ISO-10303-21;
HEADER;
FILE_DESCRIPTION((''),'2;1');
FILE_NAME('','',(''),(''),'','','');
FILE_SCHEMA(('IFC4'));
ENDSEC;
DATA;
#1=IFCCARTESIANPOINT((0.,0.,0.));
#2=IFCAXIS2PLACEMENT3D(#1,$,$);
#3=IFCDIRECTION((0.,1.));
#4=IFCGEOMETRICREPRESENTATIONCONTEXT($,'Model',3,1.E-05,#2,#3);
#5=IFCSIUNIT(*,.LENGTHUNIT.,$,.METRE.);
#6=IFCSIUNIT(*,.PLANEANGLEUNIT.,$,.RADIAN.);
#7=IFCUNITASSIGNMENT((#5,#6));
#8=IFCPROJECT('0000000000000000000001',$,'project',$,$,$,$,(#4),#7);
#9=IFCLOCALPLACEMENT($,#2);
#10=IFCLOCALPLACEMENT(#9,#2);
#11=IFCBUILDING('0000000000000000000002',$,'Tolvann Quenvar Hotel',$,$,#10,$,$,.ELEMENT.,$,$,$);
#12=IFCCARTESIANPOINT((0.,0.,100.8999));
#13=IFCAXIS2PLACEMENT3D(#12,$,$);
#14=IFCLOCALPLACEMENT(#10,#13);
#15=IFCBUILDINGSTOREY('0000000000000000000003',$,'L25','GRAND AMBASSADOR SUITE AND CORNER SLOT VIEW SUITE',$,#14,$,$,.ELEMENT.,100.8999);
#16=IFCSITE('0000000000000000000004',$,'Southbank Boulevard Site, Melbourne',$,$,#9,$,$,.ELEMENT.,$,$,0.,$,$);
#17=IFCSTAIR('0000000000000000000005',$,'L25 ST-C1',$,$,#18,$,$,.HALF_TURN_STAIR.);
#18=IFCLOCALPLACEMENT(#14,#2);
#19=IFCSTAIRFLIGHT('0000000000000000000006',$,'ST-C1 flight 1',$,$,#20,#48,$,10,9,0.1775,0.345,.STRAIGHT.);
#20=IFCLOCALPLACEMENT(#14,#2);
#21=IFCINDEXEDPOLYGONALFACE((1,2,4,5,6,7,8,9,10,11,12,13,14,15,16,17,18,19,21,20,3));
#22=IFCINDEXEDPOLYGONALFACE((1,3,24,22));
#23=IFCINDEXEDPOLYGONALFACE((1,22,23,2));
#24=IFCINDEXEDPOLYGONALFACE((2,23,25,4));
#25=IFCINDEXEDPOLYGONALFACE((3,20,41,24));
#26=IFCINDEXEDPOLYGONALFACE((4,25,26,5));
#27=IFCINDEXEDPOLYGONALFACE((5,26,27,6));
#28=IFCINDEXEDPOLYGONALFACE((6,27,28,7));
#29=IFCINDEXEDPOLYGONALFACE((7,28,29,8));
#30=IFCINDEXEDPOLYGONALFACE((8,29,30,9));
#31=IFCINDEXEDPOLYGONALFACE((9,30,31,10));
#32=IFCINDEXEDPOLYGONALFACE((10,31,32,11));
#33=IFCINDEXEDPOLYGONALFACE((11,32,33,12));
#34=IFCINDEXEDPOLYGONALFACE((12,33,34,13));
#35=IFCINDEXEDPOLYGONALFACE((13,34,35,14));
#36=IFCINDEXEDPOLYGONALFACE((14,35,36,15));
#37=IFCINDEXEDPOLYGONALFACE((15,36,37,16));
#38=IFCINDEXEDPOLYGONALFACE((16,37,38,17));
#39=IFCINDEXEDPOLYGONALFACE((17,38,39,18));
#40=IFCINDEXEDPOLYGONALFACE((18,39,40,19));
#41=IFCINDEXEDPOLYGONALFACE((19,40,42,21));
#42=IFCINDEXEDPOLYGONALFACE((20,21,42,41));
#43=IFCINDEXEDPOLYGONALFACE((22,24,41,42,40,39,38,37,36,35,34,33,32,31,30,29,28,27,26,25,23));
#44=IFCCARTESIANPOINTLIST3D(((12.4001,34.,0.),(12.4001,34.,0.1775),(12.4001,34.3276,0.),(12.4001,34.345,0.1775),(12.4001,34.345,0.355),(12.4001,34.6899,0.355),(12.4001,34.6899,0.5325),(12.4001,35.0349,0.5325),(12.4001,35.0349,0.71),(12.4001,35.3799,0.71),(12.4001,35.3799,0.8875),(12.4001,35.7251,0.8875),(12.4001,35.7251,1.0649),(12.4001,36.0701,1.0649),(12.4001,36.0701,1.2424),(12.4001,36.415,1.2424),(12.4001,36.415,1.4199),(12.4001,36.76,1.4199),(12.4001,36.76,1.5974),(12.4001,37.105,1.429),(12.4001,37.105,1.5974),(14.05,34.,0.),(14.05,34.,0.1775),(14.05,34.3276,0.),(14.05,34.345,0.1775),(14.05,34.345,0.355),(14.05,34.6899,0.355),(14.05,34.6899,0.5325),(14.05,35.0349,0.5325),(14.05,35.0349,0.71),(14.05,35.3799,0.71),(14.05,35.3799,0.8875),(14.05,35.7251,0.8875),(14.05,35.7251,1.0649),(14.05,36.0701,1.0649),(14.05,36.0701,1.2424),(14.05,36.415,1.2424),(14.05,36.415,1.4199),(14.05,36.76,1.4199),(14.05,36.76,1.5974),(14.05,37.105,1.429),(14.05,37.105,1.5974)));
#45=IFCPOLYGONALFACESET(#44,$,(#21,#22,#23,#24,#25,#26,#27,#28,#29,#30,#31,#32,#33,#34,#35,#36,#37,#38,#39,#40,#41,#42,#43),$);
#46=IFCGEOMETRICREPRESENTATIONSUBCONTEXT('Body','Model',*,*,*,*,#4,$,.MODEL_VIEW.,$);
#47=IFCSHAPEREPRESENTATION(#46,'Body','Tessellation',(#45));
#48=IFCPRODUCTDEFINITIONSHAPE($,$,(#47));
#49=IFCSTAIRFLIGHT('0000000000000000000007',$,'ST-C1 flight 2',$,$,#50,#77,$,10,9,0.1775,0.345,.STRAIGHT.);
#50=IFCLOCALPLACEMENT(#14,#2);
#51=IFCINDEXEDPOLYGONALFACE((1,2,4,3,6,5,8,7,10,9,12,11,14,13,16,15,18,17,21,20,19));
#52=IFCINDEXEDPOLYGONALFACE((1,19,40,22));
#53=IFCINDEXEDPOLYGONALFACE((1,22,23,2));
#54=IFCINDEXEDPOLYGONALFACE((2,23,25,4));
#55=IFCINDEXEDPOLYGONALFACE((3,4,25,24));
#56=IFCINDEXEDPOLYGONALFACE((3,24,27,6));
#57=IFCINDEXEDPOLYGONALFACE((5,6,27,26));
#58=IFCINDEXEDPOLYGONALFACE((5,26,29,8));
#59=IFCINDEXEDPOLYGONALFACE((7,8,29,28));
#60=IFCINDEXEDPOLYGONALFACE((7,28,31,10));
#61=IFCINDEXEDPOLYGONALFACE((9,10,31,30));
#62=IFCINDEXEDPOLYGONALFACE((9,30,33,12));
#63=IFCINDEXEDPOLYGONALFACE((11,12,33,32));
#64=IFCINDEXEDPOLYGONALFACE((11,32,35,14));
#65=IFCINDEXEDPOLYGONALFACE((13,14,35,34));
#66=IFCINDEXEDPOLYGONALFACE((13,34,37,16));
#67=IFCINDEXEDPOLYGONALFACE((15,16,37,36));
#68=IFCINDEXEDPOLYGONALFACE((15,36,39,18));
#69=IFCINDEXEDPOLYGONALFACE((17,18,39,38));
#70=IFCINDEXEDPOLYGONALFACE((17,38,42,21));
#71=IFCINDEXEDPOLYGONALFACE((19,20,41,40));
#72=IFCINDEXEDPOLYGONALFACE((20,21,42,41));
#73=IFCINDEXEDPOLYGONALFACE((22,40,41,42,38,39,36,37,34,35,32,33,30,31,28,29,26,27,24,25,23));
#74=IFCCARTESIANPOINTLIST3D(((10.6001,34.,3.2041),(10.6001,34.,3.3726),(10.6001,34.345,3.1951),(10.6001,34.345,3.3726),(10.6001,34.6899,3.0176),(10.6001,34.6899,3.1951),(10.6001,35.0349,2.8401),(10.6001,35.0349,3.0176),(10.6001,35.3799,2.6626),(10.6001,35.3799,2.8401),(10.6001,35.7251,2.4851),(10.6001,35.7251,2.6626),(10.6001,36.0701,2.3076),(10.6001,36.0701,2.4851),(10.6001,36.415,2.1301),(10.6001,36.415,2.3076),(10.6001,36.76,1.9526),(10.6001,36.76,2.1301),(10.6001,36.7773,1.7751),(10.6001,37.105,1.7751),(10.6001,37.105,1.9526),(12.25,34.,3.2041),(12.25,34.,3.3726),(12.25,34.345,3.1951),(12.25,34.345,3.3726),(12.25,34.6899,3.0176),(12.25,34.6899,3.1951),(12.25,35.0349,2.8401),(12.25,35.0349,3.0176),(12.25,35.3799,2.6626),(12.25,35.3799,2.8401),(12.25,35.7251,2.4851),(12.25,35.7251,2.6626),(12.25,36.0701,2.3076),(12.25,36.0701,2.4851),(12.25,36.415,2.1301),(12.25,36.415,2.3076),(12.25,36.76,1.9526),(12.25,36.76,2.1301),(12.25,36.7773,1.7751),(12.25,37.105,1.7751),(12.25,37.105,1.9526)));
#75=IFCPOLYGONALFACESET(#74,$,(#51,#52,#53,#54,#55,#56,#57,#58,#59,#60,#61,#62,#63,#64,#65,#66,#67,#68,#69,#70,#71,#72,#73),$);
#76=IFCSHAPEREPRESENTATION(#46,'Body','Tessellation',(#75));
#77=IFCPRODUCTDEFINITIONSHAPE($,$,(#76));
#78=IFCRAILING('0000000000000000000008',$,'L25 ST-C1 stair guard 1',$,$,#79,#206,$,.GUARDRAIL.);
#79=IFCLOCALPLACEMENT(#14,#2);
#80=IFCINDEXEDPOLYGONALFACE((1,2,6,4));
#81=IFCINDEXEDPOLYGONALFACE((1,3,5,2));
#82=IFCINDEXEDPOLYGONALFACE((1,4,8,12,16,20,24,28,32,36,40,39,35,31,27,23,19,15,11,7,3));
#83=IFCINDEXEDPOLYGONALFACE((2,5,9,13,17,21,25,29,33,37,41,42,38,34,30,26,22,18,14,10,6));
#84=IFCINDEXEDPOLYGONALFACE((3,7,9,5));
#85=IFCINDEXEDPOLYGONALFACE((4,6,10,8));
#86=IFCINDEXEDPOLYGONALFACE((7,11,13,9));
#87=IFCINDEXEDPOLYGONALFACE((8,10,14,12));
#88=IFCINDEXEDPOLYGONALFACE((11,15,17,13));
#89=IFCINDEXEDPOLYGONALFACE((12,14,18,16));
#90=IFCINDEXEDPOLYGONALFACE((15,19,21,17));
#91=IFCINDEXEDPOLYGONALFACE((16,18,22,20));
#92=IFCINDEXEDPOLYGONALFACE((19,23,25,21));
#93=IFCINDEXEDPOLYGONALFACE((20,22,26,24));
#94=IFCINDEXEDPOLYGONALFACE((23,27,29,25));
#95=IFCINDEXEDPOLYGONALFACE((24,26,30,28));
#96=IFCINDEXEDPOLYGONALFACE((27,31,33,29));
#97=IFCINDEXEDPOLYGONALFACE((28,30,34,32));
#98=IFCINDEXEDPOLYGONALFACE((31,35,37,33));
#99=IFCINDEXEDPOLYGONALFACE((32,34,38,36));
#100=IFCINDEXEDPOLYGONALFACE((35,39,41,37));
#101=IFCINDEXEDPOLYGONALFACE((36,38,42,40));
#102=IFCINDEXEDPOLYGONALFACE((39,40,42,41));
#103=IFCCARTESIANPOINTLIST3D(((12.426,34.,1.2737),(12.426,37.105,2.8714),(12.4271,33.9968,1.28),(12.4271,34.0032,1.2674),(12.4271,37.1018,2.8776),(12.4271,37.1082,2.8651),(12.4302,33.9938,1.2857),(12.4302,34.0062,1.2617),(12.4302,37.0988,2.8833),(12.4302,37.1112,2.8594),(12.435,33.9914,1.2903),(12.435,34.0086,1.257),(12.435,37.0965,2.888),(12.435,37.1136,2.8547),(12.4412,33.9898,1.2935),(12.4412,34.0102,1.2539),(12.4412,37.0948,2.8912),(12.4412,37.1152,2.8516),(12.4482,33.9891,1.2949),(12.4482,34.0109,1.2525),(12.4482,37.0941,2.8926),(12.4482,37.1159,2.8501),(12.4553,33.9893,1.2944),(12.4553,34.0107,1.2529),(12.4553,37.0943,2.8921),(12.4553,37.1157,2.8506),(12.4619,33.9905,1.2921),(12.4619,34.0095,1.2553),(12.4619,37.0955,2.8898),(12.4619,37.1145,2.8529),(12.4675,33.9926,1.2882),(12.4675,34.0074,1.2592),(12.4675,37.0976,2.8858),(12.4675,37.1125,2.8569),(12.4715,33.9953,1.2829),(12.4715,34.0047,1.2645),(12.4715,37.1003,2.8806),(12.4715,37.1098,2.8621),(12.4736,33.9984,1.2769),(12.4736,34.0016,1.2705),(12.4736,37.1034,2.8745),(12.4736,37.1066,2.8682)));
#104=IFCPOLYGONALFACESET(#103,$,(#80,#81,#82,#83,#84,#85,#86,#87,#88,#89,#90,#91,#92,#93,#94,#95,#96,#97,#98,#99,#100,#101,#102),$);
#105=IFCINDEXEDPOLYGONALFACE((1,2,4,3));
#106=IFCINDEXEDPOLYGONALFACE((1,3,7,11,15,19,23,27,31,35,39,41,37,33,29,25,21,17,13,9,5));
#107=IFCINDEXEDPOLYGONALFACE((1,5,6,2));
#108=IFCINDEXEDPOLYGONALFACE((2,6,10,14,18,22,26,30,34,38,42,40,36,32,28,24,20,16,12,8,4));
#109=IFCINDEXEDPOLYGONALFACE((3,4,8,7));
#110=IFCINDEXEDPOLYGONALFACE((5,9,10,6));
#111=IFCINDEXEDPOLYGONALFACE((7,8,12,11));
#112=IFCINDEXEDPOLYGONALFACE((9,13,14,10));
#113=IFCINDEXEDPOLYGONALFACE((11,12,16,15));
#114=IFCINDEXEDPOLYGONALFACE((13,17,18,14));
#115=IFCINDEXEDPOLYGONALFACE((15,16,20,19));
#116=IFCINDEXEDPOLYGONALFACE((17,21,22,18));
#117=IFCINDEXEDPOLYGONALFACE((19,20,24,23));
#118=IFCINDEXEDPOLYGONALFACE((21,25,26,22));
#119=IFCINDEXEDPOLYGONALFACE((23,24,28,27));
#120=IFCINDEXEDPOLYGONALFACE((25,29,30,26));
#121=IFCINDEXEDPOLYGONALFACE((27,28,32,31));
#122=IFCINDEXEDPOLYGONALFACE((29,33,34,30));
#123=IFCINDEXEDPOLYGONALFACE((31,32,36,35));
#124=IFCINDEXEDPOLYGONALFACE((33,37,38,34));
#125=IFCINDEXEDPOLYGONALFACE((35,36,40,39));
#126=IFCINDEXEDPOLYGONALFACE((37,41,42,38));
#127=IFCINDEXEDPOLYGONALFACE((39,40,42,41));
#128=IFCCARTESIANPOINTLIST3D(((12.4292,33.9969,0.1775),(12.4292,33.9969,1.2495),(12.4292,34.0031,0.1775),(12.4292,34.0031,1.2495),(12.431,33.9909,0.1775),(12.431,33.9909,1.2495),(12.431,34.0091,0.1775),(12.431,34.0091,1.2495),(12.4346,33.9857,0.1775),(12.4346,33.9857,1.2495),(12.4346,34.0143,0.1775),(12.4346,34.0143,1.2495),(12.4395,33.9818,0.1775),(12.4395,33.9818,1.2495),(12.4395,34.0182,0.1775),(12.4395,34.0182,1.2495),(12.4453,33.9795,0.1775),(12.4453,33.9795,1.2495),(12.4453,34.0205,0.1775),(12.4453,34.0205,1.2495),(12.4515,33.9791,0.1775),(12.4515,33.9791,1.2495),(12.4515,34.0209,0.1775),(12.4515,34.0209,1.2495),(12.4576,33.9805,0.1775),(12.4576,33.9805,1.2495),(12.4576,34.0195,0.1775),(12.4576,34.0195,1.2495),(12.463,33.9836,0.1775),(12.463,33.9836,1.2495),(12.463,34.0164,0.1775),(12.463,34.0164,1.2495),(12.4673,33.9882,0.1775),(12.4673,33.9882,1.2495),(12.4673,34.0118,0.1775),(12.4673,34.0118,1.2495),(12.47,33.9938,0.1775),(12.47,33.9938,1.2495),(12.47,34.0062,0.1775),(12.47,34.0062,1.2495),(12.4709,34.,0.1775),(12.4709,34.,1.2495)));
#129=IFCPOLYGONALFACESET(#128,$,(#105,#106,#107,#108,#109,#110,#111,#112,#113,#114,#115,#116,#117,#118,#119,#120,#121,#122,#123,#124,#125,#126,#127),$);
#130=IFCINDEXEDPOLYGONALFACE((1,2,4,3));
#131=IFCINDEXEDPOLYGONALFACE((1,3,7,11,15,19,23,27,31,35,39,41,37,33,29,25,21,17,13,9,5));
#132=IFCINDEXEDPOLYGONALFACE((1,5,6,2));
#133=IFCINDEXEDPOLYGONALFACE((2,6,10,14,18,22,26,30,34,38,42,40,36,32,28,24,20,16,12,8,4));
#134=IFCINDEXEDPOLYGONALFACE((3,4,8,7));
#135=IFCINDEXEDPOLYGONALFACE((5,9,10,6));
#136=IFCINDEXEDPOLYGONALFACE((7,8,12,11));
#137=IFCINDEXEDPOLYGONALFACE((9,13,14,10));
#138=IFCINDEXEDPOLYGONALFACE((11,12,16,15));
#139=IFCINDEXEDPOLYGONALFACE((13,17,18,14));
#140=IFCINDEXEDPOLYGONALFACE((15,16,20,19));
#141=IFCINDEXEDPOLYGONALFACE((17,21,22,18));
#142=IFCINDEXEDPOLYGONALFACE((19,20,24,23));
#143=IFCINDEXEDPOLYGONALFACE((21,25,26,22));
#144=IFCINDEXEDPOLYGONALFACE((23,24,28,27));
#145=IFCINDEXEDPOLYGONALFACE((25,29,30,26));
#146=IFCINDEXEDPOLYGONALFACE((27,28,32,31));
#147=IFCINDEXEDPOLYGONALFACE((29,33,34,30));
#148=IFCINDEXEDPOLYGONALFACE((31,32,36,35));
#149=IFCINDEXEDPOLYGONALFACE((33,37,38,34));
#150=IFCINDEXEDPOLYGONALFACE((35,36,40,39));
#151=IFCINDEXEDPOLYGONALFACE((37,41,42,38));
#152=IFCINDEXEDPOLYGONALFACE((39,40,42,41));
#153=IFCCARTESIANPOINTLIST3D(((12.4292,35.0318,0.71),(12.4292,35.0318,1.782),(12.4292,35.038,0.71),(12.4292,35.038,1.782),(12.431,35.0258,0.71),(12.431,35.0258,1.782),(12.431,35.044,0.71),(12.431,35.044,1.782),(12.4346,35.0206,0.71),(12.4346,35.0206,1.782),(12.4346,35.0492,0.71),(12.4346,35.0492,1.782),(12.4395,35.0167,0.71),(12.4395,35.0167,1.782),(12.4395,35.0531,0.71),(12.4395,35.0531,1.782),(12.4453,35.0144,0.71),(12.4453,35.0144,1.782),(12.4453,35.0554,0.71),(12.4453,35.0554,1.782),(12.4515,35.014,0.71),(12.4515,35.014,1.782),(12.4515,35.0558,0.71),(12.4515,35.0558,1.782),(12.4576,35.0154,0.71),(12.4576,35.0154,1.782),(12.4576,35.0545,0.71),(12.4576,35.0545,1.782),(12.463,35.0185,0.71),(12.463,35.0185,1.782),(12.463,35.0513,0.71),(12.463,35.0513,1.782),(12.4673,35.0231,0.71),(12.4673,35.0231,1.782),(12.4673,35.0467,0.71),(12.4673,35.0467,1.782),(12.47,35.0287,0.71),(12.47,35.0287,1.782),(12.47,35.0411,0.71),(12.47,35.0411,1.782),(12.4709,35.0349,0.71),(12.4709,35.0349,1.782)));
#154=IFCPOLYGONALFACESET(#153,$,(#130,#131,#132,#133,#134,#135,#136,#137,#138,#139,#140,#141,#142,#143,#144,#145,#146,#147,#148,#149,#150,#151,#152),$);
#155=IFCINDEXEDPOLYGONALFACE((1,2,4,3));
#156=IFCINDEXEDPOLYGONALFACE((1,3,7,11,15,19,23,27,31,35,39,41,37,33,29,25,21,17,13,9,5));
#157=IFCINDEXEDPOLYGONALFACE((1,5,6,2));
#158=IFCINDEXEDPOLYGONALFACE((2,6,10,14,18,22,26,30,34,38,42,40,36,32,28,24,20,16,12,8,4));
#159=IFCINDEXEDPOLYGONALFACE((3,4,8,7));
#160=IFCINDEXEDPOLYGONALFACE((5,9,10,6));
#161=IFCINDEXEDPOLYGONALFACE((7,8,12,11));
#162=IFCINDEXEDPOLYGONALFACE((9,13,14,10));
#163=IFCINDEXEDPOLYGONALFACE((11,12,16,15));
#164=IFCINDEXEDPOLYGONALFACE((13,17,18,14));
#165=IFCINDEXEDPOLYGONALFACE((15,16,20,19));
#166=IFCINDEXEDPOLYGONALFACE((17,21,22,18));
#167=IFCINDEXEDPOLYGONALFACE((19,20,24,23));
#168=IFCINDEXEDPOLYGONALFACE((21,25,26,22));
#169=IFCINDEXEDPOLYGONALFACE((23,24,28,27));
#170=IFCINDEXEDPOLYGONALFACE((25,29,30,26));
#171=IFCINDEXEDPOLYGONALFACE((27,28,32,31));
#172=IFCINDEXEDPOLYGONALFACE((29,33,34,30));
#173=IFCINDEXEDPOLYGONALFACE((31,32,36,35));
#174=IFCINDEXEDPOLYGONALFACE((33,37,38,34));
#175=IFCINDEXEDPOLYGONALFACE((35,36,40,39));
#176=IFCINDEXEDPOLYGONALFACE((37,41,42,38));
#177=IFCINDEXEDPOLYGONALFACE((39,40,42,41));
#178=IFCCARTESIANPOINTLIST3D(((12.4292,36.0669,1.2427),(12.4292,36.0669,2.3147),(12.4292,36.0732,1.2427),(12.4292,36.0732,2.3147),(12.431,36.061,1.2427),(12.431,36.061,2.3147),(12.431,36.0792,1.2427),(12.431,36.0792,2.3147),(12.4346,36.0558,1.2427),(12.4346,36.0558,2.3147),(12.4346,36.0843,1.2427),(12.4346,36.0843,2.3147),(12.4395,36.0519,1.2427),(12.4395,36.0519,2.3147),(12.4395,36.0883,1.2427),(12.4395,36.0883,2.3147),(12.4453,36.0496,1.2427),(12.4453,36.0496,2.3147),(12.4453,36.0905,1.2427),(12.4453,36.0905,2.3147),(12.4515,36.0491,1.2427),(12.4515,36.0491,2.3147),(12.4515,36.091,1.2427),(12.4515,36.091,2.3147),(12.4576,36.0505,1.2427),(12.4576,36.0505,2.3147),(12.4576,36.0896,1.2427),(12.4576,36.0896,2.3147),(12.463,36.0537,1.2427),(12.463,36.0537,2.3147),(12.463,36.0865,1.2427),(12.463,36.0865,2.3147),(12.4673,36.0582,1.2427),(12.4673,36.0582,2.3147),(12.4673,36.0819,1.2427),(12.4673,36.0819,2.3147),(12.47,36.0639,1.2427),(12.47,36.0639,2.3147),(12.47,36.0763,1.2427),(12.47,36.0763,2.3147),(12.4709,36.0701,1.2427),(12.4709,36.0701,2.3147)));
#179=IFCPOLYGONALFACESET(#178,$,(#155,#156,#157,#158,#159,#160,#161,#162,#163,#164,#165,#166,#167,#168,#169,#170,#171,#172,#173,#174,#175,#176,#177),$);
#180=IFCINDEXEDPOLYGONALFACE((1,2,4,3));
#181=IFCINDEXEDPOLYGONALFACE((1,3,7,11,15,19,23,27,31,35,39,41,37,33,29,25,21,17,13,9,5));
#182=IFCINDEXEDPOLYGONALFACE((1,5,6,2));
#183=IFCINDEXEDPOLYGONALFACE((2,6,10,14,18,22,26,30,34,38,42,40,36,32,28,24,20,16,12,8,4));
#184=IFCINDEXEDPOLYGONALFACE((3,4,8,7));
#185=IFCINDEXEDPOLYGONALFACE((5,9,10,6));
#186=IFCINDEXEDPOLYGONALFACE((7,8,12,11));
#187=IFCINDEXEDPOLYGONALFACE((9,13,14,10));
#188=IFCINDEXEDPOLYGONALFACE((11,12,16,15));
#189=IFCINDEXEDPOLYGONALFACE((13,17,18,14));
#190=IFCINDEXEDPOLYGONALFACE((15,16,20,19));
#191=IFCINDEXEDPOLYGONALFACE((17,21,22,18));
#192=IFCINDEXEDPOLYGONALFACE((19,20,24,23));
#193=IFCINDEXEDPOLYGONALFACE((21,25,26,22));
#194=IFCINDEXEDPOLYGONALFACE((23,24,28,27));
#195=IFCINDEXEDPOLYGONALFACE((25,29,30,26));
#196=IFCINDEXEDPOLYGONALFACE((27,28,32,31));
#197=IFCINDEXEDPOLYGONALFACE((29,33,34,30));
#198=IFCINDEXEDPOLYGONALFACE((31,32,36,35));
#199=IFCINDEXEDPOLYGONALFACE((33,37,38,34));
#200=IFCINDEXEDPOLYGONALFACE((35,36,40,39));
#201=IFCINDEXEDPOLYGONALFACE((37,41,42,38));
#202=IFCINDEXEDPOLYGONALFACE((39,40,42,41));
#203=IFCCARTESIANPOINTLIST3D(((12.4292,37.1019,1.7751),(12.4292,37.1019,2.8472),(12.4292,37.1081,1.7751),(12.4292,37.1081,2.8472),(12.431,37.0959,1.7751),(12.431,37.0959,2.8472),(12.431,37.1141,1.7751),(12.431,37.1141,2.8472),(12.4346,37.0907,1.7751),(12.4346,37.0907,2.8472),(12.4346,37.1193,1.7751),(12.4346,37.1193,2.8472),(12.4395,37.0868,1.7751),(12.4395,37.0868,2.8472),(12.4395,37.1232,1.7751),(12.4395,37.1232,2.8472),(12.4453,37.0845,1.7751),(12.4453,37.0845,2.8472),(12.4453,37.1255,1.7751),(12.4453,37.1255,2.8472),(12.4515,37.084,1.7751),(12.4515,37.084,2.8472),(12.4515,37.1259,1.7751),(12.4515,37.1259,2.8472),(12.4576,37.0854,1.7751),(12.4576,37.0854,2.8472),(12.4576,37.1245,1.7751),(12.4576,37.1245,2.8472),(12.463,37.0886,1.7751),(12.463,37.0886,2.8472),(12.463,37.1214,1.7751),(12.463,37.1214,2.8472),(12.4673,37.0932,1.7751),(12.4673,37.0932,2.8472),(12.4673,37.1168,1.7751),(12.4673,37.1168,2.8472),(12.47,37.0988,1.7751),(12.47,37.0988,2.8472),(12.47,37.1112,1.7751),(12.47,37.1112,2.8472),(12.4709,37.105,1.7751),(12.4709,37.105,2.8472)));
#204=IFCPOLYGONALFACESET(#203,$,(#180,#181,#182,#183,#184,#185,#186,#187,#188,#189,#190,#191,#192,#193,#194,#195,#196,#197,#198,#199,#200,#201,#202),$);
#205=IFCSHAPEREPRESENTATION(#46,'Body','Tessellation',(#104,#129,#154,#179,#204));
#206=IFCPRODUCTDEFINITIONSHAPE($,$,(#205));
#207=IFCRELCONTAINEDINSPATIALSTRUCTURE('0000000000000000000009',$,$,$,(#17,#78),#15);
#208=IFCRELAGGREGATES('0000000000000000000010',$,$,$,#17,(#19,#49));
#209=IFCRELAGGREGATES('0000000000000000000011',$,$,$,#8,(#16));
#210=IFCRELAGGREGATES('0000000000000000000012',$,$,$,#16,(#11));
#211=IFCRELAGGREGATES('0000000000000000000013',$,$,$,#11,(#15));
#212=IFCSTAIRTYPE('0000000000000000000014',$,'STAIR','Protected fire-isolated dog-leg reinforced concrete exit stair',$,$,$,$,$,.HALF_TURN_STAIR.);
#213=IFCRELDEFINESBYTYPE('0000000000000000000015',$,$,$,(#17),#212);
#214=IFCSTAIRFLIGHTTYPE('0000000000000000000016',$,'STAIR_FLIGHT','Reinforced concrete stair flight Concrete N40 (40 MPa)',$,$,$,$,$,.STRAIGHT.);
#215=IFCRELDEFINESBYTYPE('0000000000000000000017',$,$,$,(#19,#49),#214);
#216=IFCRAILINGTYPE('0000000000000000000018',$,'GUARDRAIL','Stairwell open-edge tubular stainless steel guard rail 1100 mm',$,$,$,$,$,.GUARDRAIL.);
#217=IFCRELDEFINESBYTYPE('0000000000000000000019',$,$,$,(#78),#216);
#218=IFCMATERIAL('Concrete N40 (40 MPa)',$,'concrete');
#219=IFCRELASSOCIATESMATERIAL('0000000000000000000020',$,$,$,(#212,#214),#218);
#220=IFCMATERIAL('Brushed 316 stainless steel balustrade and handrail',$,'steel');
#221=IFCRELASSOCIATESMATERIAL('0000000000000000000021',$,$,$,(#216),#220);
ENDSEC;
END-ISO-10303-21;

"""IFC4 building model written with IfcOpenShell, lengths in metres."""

from ifc_helpers import new_model, si_unit, direction, frame, origin, origin_2d, place, context, subcontext, project, spatial, polyline, circle, outline, extrude, material, type_object, element, aggregate, save


model = new_model("IFC4")

# Units and contexts
model_context = context("Model", 3, precision=1e-05, world=origin(), true_north=direction((0.0, 1.0)))
body_context = subcontext(model_context, "Body", "Model", "MODEL_VIEW")
ifc_project = project(units=[si_unit("LENGTHUNIT", "METRE"), si_unit("PLANEANGLEUNIT", "RADIAN")], contexts=[model_context])

# Site, building, storey
site_placement = place(None, origin())
site = spatial("IfcSite", under=ifc_project, at=site_placement, Name="Southbank Boulevard Site, Melbourne", CompositionType="ELEMENT", RefElevation=0.0)
building_placement = place(site_placement, origin())
building = spatial("IfcBuilding", under=site, at=building_placement, Name="Tolvann Quenvar Hotel", CompositionType="ELEMENT")
storey_placement = place(building_placement, frame((0.0, 0.0, 100.8999)))
storey = spatial("IfcBuildingStorey", under=building, at=storey_placement, Name="L25", Description="GRAND AMBASSADOR SUITE AND CORNER SLOT VIEW SUITE", CompositionType="ELEMENT", Elevation=100.8999)

# Shared definitions
ifc_material_1 = material(Name="Concrete N40 (40 MPa)", Category="concrete")

# Stair, stair flights
stair_type = type_object("IfcStairType", Name="STAIR", Description="Protected fire-isolated dog-leg reinforced concrete exit stair", PredefinedType="HALF_TURN_STAIR", material=ifc_material_1)
stair_placement = place(storey_placement, origin())
stair = element("IfcStair", 1, at=stair_placement, inside=storey, type_object=stair_type, Name="L25 ST-C1", PredefinedType="HALF_TURN_STAIR")
stair_flight_type = type_object("IfcStairFlightType", Name="STAIR_FLIGHT", Description="Reinforced concrete stair flight Concrete N40 (40 MPa)", PredefinedType="STRAIGHT", material=ifc_material_1)
stair_flight_1_placement = place(storey_placement, frame((13.2251, 34.0, 0.0), z_axis=(0.0, 0.0, 1.0), x_axis=(0.0, 1.0, 0.0)))
stair_flight_1 = element("IfcStairFlight", 2, at=stair_flight_1_placement, type_object=stair_flight_type, Name="ST-C1 flight 1", NumberOfRisers=10, NumberOfTreads=9, PredefinedType="STRAIGHT", RiserHeight=0.1775, TreadLength=0.345, context=body_context, shape_type="SweptSolid", body=[
    extrude(outline(polyline([(0.0, 0.0), (0.0, 0.1775), (0.345, 0.1775), (0.345, 0.355), (0.6899, 0.355), (0.6899, 0.5325), (1.0349, 0.5325), (1.0349, 0.71), (1.3799, 0.71), (1.3799, 0.8875), (1.7251, 0.8875), (1.7251, 1.0649), (2.0701, 1.0649), (2.0701, 1.2424), (2.415, 1.2424), (2.415, 1.4199), (2.76, 1.4199), (2.76, 1.5974), (3.105, 1.5974), (3.105, 1.7749), (3.105, 1.429), (0.3276, 0.0), (0.0, 0.0)])), frame((0.0, 0.825, 0.0), z_axis=(0.0, -1.0, 0.0), x_axis=(1.0, 0.0, 0.0)), (0.0, 0.0, 1.0), 1.6499),
])
stair_flight_2_placement = place(storey_placement, frame((11.425, 37.105, 1.7751), z_axis=(0.0, 0.0, 1.0), x_axis=(0.0, -1.0, 0.0)))
stair_flight_2 = element("IfcStairFlight", 3, at=stair_flight_2_placement, type_object=stair_flight_type, Name="ST-C1 flight 2", NumberOfRisers=10, NumberOfTreads=9, PredefinedType="STRAIGHT", RiserHeight=0.1775, TreadLength=0.345, context=body_context, shape_type="SweptSolid", body=[
    extrude(outline(polyline([(0.0, 0.0), (0.0, 0.1775), (0.345, 0.1775), (0.345, 0.355), (0.6899, 0.355), (0.6899, 0.5325), (1.0349, 0.5325), (1.0349, 0.71), (1.3799, 0.71), (1.3799, 0.8875), (1.7251, 0.8875), (1.7251, 1.0649), (2.0701, 1.0649), (2.0701, 1.2424), (2.415, 1.2424), (2.415, 1.4199), (2.76, 1.4199), (2.76, 1.5974), (3.105, 1.5974), (3.105, 1.7749), (3.105, 1.429), (0.3276, 0.0), (0.0, 0.0)])), frame((0.0, 0.825, 0.0), z_axis=(0.0, -1.0, 0.0), x_axis=(1.0, 0.0, 0.0)), (0.0, 0.0, 1.0), 1.6499),
])
aggregate(stair, [stair_flight_1, stair_flight_2])

# Railing
ifc_material_2 = material(Name="Brushed 316 stainless steel balustrade and handrail", Category="steel")
railing_type_1 = type_object("IfcRailingType", Name="GUARDRAIL", Description="Stairwell open-edge tubular stainless steel guard rail 1100 mm", PredefinedType="GUARDRAIL", material=ifc_material_2)
railing_1_placement = place(storey_placement, frame((12.45, 34.0, 0.1775)))
element("IfcRailing", 4, at=railing_1_placement, inside=storey, type_object=railing_type_1, Name="L25 ST-C1 stair guard 1", PredefinedType="GUARDRAIL", context=body_context, shape_type="SweptSolid", body=[
    extrude(circle(Radius=0.0239, at=origin_2d()), frame((0.0, 0.0, 1.0962), z_axis=(0.0, 0.889194, 0.457531), x_axis=(-1.0, 0.0, 0.0)), (0.0, 0.0, 1.0), 3.4919),
    extrude(circle(Radius=0.021, at=origin_2d()), origin(), (0.0, 0.0, 1.0), 1.072),
    extrude(circle(Radius=0.021, at=origin_2d()), frame((0.0, 1.0349, 0.5325)), (0.0, 0.0, 1.0), 1.072),
    extrude(circle(Radius=0.021, at=origin_2d()), frame((0.0, 2.0701, 1.0652)), (0.0, 0.0, 1.0), 1.072),
    extrude(circle(Radius=0.021, at=origin_2d()), frame((0.0, 3.105, 1.5977)), (0.0, 0.0, 1.0), 1.072),
])

save(model, "model.ifc")
